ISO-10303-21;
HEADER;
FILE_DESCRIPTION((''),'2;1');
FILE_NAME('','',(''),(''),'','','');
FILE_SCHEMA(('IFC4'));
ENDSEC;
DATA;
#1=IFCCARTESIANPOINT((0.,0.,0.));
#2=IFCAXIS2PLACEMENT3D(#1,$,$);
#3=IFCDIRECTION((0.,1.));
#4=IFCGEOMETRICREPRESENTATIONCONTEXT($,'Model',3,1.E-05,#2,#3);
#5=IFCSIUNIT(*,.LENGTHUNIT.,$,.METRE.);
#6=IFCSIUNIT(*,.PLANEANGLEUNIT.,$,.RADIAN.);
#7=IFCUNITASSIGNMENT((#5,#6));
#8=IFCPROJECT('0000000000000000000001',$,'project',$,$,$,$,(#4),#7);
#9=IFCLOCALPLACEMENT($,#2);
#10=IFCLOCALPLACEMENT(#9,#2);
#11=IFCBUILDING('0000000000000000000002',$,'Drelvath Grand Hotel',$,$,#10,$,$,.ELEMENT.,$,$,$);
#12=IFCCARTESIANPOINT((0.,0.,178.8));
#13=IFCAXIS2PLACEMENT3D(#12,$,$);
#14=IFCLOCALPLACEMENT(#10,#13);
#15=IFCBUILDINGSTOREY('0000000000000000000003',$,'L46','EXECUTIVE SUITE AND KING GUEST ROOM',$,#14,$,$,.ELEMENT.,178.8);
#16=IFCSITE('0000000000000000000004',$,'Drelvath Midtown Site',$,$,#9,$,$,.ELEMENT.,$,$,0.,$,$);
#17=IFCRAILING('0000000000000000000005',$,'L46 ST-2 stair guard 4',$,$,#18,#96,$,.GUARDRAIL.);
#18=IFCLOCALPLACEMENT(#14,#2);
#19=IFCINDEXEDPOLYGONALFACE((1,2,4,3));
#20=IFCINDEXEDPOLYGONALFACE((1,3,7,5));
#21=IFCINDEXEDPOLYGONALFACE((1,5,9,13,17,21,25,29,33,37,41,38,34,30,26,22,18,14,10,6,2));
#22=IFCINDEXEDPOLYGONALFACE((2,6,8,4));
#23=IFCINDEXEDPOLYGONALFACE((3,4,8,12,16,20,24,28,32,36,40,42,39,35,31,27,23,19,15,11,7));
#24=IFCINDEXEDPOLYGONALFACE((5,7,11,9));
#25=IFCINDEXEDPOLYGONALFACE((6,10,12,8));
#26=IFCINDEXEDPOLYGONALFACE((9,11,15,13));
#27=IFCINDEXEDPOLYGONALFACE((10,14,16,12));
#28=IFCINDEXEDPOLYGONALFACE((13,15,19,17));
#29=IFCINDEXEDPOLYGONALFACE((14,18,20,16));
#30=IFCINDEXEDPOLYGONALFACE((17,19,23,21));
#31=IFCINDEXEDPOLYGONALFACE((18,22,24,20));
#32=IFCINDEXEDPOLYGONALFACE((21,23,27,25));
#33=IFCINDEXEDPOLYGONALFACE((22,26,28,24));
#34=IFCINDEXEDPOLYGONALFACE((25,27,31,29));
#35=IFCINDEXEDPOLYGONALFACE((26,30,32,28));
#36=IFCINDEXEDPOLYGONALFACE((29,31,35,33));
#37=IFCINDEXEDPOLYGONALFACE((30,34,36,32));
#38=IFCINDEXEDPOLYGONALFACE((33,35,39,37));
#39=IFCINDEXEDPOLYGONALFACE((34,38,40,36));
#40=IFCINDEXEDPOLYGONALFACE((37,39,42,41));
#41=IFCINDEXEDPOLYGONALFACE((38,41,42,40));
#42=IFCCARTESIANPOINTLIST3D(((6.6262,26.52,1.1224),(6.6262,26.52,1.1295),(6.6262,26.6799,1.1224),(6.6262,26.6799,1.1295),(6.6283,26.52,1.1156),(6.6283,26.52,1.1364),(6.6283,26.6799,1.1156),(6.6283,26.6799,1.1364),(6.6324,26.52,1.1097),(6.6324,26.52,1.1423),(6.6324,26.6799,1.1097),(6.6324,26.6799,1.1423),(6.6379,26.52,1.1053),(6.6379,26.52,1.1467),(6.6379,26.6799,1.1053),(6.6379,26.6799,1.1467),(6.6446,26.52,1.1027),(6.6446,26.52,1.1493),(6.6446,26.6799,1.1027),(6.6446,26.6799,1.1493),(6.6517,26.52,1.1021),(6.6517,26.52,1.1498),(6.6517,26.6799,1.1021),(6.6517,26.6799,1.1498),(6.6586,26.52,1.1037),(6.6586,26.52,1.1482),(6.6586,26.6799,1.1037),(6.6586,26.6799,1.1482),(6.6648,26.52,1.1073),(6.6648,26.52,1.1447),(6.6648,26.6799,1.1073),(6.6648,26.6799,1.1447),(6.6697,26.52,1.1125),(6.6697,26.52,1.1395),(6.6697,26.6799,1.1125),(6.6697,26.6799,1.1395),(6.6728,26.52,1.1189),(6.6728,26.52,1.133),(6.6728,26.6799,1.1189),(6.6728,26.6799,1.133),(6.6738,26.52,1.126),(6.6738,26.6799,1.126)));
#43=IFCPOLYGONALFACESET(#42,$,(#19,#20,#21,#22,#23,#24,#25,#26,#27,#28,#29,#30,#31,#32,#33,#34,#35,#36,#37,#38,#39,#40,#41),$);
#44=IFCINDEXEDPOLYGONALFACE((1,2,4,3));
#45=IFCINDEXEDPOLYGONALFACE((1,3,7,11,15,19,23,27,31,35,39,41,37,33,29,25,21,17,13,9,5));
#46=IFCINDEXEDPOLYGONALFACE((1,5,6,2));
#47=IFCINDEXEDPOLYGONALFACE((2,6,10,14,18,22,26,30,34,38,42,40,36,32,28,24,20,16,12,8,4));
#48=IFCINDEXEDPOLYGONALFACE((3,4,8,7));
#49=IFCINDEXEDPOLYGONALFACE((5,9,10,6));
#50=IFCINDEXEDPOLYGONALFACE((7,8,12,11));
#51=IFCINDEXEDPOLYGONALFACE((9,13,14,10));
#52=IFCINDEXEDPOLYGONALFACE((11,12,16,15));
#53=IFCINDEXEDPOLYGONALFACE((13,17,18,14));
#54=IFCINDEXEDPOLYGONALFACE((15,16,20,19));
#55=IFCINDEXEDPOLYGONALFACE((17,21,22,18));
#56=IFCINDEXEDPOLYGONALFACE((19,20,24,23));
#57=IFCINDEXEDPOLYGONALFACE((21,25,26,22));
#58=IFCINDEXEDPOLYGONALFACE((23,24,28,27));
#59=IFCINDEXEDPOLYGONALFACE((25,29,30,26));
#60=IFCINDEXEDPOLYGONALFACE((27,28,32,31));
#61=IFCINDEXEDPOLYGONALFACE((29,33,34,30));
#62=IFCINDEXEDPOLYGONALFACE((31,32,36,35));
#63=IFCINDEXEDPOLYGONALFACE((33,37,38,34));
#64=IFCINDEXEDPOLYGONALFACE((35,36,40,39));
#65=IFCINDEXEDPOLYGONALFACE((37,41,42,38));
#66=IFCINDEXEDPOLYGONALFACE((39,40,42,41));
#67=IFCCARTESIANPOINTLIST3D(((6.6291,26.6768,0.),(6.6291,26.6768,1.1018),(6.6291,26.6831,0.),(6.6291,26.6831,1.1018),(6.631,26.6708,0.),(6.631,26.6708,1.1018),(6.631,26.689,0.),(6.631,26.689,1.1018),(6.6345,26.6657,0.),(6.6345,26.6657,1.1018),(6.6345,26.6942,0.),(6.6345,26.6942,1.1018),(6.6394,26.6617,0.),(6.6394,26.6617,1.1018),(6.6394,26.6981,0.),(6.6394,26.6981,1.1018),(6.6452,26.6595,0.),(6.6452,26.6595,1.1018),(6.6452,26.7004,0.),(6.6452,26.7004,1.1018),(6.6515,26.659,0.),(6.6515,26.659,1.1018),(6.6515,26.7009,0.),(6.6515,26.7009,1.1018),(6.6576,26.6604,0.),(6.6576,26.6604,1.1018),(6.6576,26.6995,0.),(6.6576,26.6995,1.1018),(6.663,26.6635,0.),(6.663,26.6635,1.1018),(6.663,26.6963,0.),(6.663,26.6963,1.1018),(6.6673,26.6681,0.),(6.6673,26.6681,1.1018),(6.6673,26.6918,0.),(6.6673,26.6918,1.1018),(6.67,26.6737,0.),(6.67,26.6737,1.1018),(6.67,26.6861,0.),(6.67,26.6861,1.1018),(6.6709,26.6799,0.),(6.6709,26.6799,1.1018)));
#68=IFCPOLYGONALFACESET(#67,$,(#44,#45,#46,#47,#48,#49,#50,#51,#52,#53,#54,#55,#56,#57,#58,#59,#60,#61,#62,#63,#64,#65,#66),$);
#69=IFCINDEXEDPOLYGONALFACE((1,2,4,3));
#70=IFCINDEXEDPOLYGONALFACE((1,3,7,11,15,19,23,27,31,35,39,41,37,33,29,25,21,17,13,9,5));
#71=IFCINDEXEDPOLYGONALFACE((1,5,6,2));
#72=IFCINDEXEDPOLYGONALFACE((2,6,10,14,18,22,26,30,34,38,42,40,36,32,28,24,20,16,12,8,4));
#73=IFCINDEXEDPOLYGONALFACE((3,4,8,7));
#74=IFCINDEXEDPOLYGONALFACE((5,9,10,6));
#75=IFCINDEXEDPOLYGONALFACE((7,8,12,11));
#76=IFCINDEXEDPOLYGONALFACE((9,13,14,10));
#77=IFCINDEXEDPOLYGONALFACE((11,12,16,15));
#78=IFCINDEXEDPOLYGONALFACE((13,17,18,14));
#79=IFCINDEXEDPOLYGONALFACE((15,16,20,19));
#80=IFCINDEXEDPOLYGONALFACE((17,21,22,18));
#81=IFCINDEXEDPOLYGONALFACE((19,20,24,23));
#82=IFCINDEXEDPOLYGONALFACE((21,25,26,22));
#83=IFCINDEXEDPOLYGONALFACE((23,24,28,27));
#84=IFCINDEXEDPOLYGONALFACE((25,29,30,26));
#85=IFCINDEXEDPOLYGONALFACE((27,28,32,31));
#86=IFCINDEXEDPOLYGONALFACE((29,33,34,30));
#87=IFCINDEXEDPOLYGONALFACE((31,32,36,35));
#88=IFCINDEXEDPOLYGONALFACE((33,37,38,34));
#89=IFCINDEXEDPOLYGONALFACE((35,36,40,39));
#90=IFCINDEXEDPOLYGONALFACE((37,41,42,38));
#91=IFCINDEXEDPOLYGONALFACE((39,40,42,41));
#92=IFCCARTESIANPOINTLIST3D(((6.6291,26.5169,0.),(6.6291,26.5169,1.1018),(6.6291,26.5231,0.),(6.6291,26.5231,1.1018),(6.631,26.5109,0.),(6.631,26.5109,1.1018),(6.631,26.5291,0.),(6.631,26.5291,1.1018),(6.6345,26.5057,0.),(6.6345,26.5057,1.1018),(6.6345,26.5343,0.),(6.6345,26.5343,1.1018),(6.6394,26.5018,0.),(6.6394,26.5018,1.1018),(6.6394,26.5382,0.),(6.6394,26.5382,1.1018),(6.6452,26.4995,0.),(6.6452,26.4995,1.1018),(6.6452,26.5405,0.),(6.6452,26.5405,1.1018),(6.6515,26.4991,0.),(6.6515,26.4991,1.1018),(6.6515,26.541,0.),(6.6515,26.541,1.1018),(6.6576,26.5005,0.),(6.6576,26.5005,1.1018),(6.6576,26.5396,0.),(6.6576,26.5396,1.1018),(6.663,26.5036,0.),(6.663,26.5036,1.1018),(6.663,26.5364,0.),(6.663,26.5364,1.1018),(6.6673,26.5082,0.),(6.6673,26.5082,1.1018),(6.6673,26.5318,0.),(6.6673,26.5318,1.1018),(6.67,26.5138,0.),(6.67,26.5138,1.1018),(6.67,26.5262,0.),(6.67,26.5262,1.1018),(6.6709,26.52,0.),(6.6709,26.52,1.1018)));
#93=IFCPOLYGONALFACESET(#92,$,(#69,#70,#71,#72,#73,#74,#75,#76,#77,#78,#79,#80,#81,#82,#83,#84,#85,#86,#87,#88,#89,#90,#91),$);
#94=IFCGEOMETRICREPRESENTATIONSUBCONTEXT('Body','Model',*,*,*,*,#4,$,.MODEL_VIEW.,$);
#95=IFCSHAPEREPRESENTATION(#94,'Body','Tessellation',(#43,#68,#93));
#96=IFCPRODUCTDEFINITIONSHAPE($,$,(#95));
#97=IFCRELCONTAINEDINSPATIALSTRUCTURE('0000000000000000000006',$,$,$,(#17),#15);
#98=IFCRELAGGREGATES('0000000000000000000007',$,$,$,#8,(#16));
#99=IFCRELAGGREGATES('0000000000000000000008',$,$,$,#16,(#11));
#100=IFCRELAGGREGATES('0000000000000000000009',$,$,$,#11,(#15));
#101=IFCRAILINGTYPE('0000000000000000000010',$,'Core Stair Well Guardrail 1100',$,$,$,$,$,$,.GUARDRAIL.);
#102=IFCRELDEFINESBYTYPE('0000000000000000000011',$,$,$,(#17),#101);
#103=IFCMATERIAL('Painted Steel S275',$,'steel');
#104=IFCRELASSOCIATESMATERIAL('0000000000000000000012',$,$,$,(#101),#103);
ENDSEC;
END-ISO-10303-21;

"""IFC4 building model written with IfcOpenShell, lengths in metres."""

from ifc_helpers import new_model, si_unit, direction, frame, origin, origin_2d, place, context, subcontext, project, spatial, circle, extrude, material, type_object, element, save


model = new_model("IFC4")

# Units and contexts
model_context = context("Model", 3, precision=1e-05, world=origin(), true_north=direction((0.0, 1.0)))
body_context = subcontext(model_context, "Body", "Model", "MODEL_VIEW")
ifc_project = project(units=[si_unit("LENGTHUNIT", "METRE"), si_unit("PLANEANGLEUNIT", "RADIAN")], contexts=[model_context])

# Site, building, storey
site_placement = place(None, origin())
site = spatial("IfcSite", under=ifc_project, at=site_placement, Name="Drelvath Midtown Site", CompositionType="ELEMENT", RefElevation=0.0)
building_placement = place(site_placement, origin())
building = spatial("IfcBuilding", under=site, at=building_placement, Name="Drelvath Grand Hotel", CompositionType="ELEMENT")
storey_placement = place(building_placement, frame((0.0, 0.0, 178.8)))
storey = spatial("IfcBuildingStorey", under=building, at=storey_placement, Name="L46", Description="EXECUTIVE SUITE AND KING GUEST ROOM", CompositionType="ELEMENT", Elevation=178.8)

# Shared definitions
ifc_material_1 = material(Name="Painted Steel S275", Category="steel")

# Railing
railing_type_1 = type_object("IfcRailingType", Name="Core Stair Well Guardrail 1100", PredefinedType="GUARDRAIL", material=ifc_material_1)
railing_1_placement = place(storey_placement, frame((6.6499, 26.6799, 0.0)))
element("IfcRailing", 1, at=railing_1_placement, inside=storey, type_object=railing_type_1, Name="L46 ST-2 stair guard 4", PredefinedType="GUARDRAIL", context=body_context, shape_type="SweptSolid", body=[
    extrude(circle(Radius=0.0239, at=origin_2d()), frame((0.0, 0.0, 1.126), z_axis=(0.0, -1.0, 0.0), x_axis=(1.0, 0.0, 0.0)), (0.0, 0.0, 1.0), 0.1599),
    extrude(circle(Radius=0.021, at=origin_2d()), origin(), (0.0, 0.0, 1.0), 1.1018),
    extrude(circle(Radius=0.021, at=origin_2d()), frame((0.0, -0.1599, 0.0)), (0.0, 0.0, 1.0), 1.1018),
])

save(model, "model.ifc")
